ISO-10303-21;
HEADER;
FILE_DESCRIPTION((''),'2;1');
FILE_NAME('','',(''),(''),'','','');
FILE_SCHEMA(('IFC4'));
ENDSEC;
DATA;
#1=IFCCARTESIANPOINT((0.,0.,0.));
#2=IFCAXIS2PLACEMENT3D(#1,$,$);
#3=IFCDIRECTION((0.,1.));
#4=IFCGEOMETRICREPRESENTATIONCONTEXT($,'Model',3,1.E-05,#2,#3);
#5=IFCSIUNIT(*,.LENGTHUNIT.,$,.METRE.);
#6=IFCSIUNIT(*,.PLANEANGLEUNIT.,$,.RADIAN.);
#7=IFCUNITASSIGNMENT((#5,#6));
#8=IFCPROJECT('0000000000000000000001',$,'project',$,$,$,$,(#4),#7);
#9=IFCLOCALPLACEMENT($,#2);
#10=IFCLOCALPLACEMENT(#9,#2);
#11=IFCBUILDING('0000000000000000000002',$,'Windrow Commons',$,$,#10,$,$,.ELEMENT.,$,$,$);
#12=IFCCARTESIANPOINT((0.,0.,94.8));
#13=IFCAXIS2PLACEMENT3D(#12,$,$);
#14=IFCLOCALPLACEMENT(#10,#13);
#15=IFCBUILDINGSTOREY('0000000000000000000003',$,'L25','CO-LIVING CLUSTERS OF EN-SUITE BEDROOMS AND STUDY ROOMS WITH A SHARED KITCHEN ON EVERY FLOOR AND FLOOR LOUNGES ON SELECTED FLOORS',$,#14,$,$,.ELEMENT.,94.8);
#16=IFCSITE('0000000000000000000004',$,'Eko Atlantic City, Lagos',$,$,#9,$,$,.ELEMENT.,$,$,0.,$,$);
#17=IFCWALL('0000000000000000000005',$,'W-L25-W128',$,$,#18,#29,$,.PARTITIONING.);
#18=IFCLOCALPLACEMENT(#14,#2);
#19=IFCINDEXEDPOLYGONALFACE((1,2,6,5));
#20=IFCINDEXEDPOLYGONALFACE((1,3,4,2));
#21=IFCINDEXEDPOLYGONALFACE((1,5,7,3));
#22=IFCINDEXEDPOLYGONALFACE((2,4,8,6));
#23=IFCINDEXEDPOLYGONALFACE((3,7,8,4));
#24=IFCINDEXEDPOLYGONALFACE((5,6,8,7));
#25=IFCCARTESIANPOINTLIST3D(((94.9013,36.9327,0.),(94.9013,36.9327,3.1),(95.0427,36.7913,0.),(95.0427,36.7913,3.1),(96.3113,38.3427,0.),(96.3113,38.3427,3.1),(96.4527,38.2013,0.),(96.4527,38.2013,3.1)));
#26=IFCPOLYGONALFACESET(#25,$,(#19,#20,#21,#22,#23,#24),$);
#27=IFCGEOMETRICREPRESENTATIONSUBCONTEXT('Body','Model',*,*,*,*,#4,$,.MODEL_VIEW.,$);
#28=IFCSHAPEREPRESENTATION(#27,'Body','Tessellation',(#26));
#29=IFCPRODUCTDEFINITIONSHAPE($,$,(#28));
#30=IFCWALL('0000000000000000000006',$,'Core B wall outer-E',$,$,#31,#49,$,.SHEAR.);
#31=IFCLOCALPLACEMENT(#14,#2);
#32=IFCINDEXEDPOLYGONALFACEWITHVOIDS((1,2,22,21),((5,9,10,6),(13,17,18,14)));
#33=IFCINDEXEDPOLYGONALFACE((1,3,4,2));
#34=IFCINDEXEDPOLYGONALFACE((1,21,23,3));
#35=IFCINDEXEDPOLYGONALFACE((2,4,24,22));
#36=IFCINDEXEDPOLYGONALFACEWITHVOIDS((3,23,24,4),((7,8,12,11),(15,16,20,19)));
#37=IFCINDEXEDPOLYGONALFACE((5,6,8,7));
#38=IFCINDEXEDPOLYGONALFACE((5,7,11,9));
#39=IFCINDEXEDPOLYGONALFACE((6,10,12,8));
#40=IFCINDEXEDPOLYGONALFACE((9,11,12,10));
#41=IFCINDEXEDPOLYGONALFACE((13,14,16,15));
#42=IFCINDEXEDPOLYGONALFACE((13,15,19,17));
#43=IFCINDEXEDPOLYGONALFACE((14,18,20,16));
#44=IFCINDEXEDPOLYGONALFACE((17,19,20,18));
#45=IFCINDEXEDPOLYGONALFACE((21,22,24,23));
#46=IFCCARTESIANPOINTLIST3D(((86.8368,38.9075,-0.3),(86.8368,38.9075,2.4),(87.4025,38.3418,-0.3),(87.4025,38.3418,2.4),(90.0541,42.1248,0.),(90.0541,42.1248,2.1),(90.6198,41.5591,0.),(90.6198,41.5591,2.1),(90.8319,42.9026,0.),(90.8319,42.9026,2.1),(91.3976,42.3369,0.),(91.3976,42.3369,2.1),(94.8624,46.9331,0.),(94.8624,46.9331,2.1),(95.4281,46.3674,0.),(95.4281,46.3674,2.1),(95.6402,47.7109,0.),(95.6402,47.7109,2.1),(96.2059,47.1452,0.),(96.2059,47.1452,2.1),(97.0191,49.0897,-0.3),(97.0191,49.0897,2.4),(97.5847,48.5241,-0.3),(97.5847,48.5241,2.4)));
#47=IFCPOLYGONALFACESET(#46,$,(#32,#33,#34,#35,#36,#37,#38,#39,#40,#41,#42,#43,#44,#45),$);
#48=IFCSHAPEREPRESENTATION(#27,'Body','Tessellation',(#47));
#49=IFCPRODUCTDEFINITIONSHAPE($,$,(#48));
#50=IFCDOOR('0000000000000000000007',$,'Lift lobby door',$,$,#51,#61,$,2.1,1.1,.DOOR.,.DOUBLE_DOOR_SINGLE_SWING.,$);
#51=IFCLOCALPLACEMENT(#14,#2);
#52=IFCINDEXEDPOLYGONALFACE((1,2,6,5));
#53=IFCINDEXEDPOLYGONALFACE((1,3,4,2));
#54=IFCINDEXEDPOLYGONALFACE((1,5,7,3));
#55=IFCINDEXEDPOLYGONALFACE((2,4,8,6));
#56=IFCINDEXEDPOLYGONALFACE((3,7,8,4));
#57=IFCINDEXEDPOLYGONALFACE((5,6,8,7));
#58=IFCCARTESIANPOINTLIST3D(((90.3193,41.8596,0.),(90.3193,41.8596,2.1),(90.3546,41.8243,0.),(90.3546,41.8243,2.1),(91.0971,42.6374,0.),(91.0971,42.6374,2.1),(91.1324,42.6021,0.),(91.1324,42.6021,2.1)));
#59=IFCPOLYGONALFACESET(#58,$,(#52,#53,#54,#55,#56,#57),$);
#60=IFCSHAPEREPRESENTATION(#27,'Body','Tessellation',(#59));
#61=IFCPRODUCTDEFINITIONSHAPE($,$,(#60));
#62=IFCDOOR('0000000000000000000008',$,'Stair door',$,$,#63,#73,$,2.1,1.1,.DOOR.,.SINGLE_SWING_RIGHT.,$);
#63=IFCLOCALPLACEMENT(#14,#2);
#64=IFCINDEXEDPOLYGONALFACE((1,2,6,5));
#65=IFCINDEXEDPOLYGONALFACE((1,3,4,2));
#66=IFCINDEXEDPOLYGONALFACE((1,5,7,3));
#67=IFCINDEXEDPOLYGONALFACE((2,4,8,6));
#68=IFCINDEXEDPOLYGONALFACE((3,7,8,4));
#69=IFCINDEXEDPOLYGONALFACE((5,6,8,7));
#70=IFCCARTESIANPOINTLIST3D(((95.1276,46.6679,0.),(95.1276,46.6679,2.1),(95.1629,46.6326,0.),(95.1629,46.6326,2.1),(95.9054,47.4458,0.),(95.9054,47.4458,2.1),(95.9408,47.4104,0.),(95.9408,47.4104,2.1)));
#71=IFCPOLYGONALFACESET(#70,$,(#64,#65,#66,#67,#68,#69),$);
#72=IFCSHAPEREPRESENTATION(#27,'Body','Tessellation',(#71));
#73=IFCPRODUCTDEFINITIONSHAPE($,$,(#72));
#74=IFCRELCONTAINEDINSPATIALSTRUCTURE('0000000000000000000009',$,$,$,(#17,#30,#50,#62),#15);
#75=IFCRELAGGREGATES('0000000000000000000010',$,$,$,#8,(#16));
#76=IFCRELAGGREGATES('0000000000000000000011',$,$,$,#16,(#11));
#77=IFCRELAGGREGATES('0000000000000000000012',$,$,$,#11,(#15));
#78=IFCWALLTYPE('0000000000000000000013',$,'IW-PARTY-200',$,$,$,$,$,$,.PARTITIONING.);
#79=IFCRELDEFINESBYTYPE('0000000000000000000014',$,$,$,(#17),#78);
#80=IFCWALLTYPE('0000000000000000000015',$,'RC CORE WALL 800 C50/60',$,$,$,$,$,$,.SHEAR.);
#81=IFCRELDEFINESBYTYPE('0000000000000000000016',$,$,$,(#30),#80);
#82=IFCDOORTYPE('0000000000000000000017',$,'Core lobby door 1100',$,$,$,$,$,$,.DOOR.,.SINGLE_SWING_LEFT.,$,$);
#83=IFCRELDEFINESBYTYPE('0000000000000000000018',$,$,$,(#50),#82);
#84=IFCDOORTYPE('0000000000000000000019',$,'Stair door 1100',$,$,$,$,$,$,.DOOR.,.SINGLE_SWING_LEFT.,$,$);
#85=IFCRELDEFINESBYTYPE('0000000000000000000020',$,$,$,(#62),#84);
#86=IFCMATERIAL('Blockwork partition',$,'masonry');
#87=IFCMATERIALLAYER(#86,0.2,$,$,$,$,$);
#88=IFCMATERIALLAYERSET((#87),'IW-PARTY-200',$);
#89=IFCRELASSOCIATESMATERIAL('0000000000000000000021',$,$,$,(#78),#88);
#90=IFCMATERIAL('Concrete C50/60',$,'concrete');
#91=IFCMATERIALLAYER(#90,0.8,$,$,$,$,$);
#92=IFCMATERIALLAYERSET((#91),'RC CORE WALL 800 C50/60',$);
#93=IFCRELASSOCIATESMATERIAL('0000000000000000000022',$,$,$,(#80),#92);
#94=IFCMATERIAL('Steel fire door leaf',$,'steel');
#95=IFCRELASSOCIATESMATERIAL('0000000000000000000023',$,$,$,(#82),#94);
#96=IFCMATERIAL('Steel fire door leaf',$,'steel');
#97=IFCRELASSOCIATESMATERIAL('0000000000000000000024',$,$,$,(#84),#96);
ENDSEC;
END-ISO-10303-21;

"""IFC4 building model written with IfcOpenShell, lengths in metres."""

from ifc_helpers import new_model, si_unit, direction, frame, frame_2d, origin, place, context, subcontext, project, spatial, rectangle, extrude, material, layer, layer_set, type_object, element, fill, save


model = new_model("IFC4")

# Units and contexts
model_context = context("Model", 3, precision=1e-05, world=origin(), true_north=direction((0.0, 1.0)))
body_context = subcontext(model_context, "Body", "Model", "MODEL_VIEW")
ifc_project = project(units=[si_unit("LENGTHUNIT", "METRE"), si_unit("PLANEANGLEUNIT", "RADIAN")], contexts=[model_context])

# Site, building, storey
site_placement = place(None, origin())
site = spatial("IfcSite", under=ifc_project, at=site_placement, Name="Eko Atlantic City, Lagos", CompositionType="ELEMENT", RefElevation=0.0)
building_placement = place(site_placement, origin())
building = spatial("IfcBuilding", under=site, at=building_placement, Name="Windrow Commons", CompositionType="ELEMENT")
storey_placement = place(building_placement, frame((0.0, 0.0, 94.8)))
storey = spatial("IfcBuildingStorey", under=building, at=storey_placement, Name="L25", Description="CO-LIVING CLUSTERS OF EN-SUITE BEDROOMS AND STUDY ROOMS WITH A SHARED KITCHEN ON EVERY FLOOR AND FLOOR LOUNGES ON SELECTED FLOORS", CompositionType="ELEMENT", Elevation=94.8)

# Wall
ifc_material_1 = material(Name="Blockwork partition", Category="masonry")
ifc_layer_1 = layer(ifc_material_1, 0.2)
ifc_layer_set_1 = layer_set([ifc_layer_1], Name="IW-PARTY-200")
wall_type_1 = type_object("IfcWallType", Name="IW-PARTY-200", PredefinedType="PARTITIONING", material=ifc_layer_set_1)
wall_1_placement = place(storey_placement, frame((94.972, 36.862, 0.0), z_axis=(0.0, 0.0, 1.0), x_axis=(0.707107, 0.707107, 0.0)))
element("IfcWall", 1, at=wall_1_placement, inside=storey, type_object=wall_type_1, Name="W-L25-W128", PredefinedType="PARTITIONING", context=body_context, shape_type="SweptSolid", body=[
    extrude(rectangle(XDim=1.994, YDim=0.2, at=frame_2d((0.997, 0.0))), origin(), (0.0, 0.0, 1.0), 3.1),
])

# Wall, openings, doors
ifc_material_2 = material(Name="Concrete C50/60", Category="concrete")
ifc_layer_2 = layer(ifc_material_2, 0.8)
ifc_layer_set_2 = layer_set([ifc_layer_2], Name="RC CORE WALL 800 C50/60")
wall_type_2 = type_object("IfcWallType", Name="RC CORE WALL 800 C50/60", PredefinedType="SHEAR", material=ifc_layer_set_2)
wall_2_placement = place(storey_placement, frame((87.1196, 38.6246, -0.3), z_axis=(0.0, 0.0, 1.0), x_axis=(0.707107, 0.707107, 0.0)))
wall_2 = element("IfcWall", 2, at=wall_2_placement, inside=storey, type_object=wall_type_2, Name="Core B wall outer-E", PredefinedType="SHEAR", context=body_context, shape_type="SweptSolid", body=[
    extrude(rectangle(XDim=14.3999, YDim=0.8, at=frame_2d((7.2, 0.0))), origin(), (0.0, 0.0, 1.0), 2.7),
])
opening_1_placement = place(wall_2_placement, frame((4.55, 0.0, 0.3)))
opening_1 = element("IfcOpeningElement", 3, at=opening_1_placement, cuts=wall_2, PredefinedType="OPENING", context=body_context, shape_type="SweptSolid", body=[
    extrude(rectangle(XDim=1.1, YDim=2.1, at=frame_2d((0.55, 1.05))), frame((0.0, 0.41, 0.0), z_axis=(0.0, -1.0, 0.0), x_axis=(1.0, 0.0, 0.0)), (0.0, 0.0, 1.0), 0.82),
])
opening_2_placement = place(wall_2_placement, frame((11.35, 0.0, 0.3)))
opening_2 = element("IfcOpeningElement", 4, at=opening_2_placement, cuts=wall_2, PredefinedType="OPENING", context=body_context, shape_type="SweptSolid", body=[
    extrude(rectangle(XDim=1.1, YDim=2.1, at=frame_2d((0.55, 1.05))), frame((0.0, 0.41, 0.0), z_axis=(0.0, -1.0, 0.0), x_axis=(1.0, 0.0, 0.0)), (0.0, 0.0, 1.0), 0.82),
])
ifc_material_3 = material(Name="Steel fire door leaf", Category="steel")
door_type_1 = type_object("IfcDoorType", Name="Core lobby door 1100", OperationType="SINGLE_SWING_LEFT", PredefinedType="DOOR", material=ifc_material_3)
door_1_placement = place(opening_1_placement, origin())
door_1 = element("IfcDoor", 5, at=door_1_placement, inside=storey, type_object=door_type_1, Name="Lift lobby door", OperationType="DOUBLE_DOOR_SINGLE_SWING", OverallHeight=2.1, OverallWidth=1.1, PredefinedType="DOOR", context=body_context, shape_type="SweptSolid", body=[
    extrude(rectangle(XDim=1.1, YDim=2.1, at=frame_2d((0.55, 1.05))), frame((0.0, 0.025, 0.0), z_axis=(0.0, -1.0, 0.0), x_axis=(1.0, 0.0, 0.0)), (0.0, 0.0, 1.0), 0.05),
])
fill(opening_1, door_1)
ifc_material_4 = material(Name="Steel fire door leaf", Category="steel")
door_type_2 = type_object("IfcDoorType", Name="Stair door 1100", OperationType="SINGLE_SWING_LEFT", PredefinedType="DOOR", material=ifc_material_4)
door_2_placement = place(opening_2_placement, origin())
door_2 = element("IfcDoor", 6, at=door_2_placement, inside=storey, type_object=door_type_2, Name="Stair door", OperationType="SINGLE_SWING_RIGHT", OverallHeight=2.1, OverallWidth=1.1, PredefinedType="DOOR", context=body_context, shape_type="SweptSolid", body=[
    extrude(rectangle(XDim=1.1, YDim=2.1, at=frame_2d((0.55, 1.05))), frame((0.0, 0.025, 0.0), z_axis=(0.0, -1.0, 0.0), x_axis=(1.0, 0.0, 0.0)), (0.0, 0.0, 1.0), 0.05),
])
fill(opening_2, door_2)

save(model, "model.ifc")
